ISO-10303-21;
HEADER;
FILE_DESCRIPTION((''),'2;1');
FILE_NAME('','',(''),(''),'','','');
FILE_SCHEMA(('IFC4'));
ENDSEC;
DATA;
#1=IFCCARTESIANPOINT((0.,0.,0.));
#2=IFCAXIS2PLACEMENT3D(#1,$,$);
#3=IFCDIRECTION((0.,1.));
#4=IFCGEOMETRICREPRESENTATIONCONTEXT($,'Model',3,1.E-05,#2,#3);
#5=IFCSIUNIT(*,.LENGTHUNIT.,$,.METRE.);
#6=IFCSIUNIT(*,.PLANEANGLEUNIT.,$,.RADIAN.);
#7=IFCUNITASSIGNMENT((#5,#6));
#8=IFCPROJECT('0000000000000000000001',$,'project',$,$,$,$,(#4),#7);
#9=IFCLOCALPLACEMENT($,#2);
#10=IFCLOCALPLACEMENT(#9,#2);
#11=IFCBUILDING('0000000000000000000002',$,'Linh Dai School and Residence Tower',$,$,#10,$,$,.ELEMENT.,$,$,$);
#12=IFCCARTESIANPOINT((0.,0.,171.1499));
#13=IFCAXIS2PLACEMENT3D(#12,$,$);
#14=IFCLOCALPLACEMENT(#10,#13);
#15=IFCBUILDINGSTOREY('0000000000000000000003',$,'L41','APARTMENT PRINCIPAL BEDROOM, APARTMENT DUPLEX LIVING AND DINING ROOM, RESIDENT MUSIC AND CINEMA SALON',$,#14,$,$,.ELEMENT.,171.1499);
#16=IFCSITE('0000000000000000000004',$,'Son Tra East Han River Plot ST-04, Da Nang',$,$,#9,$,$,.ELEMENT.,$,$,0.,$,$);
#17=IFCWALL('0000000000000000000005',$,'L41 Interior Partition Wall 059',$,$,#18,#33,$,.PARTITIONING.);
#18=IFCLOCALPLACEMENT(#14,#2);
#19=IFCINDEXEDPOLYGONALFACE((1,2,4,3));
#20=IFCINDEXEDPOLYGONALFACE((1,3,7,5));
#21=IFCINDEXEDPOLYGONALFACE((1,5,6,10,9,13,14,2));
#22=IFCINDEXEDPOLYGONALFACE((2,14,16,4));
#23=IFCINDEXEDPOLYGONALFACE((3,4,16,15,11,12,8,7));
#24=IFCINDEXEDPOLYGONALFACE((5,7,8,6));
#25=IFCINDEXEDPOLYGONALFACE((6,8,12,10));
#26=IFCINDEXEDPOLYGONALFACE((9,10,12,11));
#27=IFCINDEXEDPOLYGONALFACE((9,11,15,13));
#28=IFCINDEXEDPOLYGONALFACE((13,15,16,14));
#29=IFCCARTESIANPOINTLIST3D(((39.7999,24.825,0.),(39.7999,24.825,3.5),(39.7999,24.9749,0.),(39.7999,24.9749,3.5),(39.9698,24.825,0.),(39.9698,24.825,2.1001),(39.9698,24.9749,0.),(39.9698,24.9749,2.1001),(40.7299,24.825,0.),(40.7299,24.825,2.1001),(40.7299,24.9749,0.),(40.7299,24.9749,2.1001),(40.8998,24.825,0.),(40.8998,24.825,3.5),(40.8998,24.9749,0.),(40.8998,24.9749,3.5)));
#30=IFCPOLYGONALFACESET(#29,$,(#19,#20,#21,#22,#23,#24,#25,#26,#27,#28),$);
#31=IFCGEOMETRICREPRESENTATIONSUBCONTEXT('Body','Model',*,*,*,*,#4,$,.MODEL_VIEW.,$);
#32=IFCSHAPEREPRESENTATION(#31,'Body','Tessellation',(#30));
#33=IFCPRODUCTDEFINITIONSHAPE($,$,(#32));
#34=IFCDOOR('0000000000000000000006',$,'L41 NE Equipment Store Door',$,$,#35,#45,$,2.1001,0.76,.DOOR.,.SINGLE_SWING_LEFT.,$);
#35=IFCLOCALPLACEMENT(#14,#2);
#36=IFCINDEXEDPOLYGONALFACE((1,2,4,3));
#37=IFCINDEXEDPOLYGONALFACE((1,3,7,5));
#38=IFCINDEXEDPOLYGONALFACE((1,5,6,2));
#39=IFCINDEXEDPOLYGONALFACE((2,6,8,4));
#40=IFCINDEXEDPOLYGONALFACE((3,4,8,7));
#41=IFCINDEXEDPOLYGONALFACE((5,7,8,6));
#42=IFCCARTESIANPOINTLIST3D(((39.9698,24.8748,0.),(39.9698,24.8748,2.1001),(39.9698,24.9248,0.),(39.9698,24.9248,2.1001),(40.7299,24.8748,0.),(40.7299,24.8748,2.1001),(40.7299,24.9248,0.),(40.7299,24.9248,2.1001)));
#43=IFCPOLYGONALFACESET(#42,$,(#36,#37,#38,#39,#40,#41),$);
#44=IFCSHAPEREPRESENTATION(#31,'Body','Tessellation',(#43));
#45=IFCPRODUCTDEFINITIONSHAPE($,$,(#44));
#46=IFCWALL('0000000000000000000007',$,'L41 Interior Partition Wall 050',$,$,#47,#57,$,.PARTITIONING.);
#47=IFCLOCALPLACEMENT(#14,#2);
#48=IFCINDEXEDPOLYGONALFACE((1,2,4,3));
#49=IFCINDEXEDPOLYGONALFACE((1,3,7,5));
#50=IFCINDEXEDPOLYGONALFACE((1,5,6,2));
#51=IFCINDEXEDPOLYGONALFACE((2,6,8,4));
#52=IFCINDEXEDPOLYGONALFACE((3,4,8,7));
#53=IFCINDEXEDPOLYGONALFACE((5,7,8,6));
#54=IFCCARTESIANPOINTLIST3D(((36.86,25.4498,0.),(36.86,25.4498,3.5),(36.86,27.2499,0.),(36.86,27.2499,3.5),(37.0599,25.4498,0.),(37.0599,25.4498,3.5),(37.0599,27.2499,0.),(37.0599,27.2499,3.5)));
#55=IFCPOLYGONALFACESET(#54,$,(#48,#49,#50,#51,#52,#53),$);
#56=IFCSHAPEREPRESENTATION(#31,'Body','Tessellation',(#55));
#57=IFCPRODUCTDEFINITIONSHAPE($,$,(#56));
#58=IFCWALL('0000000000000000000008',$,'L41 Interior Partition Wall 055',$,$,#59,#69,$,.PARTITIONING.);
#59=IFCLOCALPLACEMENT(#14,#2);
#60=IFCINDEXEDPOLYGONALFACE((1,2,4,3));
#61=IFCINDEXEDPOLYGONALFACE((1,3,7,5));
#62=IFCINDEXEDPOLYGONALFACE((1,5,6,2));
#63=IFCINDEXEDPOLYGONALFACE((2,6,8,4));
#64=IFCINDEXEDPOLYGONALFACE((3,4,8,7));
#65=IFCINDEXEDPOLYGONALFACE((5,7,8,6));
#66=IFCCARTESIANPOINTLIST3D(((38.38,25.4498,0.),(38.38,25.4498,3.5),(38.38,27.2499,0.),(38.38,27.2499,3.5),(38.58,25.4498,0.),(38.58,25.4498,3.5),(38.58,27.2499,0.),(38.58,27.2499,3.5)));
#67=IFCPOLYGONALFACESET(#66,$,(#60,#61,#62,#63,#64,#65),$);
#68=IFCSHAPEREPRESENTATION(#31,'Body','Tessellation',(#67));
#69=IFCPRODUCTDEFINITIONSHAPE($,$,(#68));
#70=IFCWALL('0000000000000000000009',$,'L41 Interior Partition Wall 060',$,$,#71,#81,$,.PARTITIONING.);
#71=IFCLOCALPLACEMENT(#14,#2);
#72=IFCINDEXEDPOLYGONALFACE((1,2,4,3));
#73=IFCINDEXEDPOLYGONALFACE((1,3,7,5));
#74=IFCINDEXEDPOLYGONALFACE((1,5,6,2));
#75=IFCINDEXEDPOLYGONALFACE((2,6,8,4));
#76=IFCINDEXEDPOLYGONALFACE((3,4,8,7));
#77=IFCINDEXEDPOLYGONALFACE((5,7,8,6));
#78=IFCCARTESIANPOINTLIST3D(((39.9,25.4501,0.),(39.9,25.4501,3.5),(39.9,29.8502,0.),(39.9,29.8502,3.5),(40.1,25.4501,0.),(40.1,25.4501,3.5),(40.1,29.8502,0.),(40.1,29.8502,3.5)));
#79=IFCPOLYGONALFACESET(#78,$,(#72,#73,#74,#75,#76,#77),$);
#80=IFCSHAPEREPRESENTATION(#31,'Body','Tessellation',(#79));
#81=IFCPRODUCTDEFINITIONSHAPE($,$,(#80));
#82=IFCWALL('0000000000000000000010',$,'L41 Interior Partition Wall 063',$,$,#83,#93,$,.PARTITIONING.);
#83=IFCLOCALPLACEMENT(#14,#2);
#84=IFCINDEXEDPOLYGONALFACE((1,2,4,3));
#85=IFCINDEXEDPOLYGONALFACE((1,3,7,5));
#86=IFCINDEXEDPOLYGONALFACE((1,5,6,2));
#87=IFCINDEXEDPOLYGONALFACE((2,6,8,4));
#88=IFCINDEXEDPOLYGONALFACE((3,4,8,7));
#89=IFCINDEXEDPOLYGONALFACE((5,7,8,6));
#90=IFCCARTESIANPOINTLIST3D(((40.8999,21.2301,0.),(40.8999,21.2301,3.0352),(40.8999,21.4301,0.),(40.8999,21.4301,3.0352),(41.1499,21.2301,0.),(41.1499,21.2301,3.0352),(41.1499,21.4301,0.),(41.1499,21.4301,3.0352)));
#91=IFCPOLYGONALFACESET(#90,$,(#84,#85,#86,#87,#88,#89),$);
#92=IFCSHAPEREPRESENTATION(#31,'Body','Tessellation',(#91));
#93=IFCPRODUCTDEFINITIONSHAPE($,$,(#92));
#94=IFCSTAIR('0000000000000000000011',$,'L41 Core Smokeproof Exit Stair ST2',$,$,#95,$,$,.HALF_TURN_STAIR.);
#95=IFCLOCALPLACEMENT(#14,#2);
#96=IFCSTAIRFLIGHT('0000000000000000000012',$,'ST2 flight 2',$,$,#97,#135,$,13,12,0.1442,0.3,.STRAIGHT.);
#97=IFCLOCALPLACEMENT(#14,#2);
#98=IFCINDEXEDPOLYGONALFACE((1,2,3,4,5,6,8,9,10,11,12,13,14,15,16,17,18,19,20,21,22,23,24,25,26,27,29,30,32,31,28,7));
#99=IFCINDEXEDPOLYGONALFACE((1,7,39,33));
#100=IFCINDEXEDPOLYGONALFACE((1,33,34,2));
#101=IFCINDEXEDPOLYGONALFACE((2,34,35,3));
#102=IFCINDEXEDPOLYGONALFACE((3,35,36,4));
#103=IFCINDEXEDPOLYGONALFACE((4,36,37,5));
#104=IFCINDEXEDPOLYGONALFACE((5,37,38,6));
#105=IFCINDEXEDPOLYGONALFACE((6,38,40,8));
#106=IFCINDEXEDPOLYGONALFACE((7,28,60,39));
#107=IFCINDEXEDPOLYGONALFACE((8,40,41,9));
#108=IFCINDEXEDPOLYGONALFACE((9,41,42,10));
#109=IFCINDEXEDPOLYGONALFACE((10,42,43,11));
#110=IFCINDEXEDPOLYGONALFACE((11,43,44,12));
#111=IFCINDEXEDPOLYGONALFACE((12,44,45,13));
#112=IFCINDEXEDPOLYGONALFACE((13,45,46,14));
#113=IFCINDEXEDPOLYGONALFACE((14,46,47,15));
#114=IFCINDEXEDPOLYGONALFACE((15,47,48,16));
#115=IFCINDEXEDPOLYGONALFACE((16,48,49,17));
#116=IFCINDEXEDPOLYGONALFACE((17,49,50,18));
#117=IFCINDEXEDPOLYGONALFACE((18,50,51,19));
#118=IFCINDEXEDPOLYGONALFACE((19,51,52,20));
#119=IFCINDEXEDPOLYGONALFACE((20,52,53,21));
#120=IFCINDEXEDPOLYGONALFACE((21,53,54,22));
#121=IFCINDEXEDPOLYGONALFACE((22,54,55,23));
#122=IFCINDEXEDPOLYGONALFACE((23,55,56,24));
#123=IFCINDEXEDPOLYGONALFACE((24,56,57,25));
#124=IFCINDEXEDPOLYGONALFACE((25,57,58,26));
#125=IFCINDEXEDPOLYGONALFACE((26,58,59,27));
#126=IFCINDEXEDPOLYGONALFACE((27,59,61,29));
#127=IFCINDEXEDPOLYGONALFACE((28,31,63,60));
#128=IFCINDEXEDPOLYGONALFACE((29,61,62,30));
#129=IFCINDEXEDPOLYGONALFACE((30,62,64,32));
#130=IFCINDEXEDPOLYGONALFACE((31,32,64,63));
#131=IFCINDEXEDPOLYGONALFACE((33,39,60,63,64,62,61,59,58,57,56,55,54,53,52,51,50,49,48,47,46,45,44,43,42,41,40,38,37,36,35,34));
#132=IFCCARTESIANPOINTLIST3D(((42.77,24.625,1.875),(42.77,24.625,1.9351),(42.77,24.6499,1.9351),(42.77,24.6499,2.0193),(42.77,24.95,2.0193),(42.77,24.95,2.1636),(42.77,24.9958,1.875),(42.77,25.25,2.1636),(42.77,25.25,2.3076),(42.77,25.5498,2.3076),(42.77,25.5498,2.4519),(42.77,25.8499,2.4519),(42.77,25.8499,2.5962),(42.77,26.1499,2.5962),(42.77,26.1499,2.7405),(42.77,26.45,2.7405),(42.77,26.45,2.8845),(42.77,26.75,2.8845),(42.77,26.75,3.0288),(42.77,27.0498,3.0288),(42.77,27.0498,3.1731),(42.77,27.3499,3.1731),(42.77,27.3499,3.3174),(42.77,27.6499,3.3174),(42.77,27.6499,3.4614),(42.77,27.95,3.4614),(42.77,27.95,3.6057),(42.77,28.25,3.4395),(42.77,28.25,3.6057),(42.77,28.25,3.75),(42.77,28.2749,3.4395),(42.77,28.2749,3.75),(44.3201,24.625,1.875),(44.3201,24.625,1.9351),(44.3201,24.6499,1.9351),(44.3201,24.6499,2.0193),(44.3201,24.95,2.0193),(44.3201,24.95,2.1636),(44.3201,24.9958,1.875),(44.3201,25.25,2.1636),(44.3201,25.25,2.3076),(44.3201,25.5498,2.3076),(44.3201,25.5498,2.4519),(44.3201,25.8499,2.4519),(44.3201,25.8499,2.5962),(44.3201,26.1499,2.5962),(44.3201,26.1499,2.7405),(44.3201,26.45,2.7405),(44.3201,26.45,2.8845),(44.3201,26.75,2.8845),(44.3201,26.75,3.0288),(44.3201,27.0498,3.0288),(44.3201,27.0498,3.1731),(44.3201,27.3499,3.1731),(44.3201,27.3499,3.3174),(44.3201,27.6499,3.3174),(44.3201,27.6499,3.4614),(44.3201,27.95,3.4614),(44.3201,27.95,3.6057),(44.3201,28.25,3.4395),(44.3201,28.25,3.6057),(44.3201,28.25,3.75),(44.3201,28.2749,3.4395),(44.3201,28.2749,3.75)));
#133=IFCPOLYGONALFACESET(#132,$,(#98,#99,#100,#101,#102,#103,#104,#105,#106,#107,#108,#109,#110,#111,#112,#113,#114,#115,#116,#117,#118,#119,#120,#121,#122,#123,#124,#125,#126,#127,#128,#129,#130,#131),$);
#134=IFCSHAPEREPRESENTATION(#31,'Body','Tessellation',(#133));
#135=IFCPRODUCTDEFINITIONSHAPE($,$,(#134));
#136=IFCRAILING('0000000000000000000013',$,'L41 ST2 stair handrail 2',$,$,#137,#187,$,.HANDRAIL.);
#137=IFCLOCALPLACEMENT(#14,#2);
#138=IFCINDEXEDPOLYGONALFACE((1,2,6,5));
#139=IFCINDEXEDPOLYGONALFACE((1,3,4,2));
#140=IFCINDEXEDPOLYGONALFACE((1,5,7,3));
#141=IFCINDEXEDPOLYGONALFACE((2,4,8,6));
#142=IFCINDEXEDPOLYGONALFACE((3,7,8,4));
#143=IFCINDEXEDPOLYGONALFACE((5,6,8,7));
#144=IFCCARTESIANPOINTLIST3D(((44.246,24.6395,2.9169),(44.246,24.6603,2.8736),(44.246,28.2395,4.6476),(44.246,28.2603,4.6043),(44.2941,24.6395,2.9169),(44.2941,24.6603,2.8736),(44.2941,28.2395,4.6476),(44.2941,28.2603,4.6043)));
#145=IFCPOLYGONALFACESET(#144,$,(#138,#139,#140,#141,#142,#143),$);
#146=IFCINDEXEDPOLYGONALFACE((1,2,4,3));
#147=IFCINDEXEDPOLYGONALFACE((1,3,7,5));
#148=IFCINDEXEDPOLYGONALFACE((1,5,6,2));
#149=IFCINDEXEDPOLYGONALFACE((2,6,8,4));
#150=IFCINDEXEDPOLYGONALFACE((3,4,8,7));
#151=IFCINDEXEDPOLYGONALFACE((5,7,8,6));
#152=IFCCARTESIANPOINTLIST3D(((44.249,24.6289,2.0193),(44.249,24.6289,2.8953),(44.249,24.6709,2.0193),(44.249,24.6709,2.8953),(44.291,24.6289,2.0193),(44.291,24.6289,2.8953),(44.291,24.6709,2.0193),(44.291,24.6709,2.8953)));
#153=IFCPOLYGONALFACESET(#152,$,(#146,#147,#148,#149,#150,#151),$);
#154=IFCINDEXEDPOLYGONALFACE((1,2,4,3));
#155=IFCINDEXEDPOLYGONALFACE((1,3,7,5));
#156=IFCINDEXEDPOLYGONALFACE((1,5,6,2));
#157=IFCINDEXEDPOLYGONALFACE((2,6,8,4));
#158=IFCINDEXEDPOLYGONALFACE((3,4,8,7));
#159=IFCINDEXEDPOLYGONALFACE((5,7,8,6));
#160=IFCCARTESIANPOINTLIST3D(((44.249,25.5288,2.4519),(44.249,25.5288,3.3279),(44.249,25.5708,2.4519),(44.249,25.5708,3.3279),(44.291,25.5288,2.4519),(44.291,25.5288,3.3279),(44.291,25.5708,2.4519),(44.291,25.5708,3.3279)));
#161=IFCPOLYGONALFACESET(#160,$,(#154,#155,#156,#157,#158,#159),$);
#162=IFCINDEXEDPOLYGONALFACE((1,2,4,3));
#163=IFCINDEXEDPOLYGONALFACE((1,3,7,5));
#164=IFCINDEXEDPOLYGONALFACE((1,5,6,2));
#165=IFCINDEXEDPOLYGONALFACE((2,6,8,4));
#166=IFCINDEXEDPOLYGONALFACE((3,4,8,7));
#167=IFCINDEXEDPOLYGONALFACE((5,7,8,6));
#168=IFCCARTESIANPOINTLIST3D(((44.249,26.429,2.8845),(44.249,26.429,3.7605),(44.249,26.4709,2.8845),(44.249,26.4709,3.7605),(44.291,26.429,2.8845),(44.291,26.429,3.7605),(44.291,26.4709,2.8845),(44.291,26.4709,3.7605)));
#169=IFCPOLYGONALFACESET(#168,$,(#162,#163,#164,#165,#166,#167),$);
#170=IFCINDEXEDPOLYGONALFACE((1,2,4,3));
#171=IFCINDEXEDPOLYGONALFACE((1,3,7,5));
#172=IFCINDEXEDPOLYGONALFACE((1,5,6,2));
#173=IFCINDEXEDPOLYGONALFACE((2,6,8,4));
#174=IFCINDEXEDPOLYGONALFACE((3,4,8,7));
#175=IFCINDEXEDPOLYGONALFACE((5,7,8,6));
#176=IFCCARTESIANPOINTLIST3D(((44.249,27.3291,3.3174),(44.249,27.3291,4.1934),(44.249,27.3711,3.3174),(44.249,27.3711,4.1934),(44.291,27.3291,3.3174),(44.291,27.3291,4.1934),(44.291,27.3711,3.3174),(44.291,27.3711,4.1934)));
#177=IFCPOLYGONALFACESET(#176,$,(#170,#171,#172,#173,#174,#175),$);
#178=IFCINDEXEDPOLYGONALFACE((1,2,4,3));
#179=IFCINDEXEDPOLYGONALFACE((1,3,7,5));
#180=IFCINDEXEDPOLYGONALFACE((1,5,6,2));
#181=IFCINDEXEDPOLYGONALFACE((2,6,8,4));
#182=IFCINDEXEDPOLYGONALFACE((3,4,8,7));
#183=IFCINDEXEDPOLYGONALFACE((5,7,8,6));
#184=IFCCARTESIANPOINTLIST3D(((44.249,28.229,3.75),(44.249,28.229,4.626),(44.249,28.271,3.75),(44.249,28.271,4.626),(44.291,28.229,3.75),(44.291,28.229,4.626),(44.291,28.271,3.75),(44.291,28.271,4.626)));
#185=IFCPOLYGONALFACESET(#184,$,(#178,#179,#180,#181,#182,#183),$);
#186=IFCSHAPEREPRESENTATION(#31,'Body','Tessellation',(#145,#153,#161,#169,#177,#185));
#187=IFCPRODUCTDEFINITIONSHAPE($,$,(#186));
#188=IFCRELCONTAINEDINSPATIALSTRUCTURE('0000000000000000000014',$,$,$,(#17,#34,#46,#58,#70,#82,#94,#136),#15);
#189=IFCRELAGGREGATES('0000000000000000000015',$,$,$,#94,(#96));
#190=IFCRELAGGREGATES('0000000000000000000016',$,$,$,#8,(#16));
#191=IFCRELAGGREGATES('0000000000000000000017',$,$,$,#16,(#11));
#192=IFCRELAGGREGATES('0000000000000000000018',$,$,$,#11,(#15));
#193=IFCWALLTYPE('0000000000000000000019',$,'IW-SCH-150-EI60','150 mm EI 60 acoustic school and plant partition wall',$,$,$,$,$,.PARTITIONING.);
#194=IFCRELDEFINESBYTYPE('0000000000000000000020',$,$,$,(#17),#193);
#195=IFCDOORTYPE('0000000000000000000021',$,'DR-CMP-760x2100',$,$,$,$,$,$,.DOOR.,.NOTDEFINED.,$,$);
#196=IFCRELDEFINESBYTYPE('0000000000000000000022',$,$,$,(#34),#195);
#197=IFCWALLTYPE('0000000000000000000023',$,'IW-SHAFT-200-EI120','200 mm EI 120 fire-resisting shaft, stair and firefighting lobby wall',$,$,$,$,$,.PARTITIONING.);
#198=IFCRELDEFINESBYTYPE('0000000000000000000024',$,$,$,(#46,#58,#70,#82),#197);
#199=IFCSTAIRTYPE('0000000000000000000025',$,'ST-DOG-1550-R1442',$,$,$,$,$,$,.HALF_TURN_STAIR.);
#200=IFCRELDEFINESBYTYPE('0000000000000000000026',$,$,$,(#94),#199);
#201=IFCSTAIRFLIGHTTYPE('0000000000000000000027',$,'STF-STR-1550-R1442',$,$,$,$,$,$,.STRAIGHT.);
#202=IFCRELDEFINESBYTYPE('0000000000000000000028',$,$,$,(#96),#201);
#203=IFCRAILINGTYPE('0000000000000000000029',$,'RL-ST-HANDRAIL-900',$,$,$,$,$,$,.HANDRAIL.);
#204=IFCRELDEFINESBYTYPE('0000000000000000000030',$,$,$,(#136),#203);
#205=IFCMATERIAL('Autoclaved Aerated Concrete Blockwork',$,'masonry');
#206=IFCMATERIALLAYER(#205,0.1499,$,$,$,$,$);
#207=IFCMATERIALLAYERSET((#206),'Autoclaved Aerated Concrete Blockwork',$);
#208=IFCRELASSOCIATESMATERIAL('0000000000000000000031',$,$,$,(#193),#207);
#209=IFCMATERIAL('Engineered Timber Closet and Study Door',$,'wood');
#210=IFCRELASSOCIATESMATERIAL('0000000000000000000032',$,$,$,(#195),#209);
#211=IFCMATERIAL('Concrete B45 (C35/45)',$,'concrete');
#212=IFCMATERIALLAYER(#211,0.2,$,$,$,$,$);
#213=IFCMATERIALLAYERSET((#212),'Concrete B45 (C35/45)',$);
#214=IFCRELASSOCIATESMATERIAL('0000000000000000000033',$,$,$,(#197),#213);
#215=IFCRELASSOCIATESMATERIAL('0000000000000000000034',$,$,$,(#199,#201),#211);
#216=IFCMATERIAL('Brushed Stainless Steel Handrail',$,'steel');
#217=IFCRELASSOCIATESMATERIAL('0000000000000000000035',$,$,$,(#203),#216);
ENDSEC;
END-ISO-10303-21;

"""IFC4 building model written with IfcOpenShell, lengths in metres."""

from ifc_helpers import new_model, si_unit, direction, frame, frame_2d, origin, origin_2d, place, context, subcontext, project, spatial, polyline, rectangle, outline, extrude, source, transform, mapped, material, layer, layer_set, type_object, element, fill, aggregate, save


model = new_model("IFC4")

# Units and contexts
model_context = context("Model", 3, precision=1e-05, world=origin(), true_north=direction((0.0, 1.0)))
body_context = subcontext(model_context, "Body", "Model", "MODEL_VIEW")
ifc_project = project(units=[si_unit("LENGTHUNIT", "METRE"), si_unit("PLANEANGLEUNIT", "RADIAN")], contexts=[model_context])

# Site, building, storey
site_placement = place(None, origin())
site = spatial("IfcSite", under=ifc_project, at=site_placement, Name="Son Tra East Han River Plot ST-04, Da Nang", CompositionType="ELEMENT", RefElevation=0.0)
building_placement = place(site_placement, origin())
building = spatial("IfcBuilding", under=site, at=building_placement, Name="Linh Dai School and Residence Tower", CompositionType="ELEMENT")
storey_placement = place(building_placement, frame((0.0, 0.0, 171.1499)))
storey = spatial("IfcBuildingStorey", under=building, at=storey_placement, Name="L41", Description="APARTMENT PRINCIPAL BEDROOM, APARTMENT DUPLEX LIVING AND DINING ROOM, RESIDENT MUSIC AND CINEMA SALON", CompositionType="ELEMENT", Elevation=171.1499)

# Shared definitions
ifc_material_1 = material(Name="Autoclaved Aerated Concrete Blockwork", Category="masonry")

# Wall, opening, door
ifc_layer_1 = layer(ifc_material_1, 0.1499)
ifc_layer_set_1 = layer_set([ifc_layer_1], Name="Autoclaved Aerated Concrete Blockwork")
wall_type_1 = type_object("IfcWallType", Name="IW-SCH-150-EI60", Description="150 mm EI 60 acoustic school and plant partition wall", PredefinedType="PARTITIONING", material=ifc_layer_set_1)
wall_1_placement = place(storey_placement, frame((39.8, 24.8999, 0.0), z_axis=(0.0, 0.0, 1.0), x_axis=(1.0, 0.0, 0.0)))
wall_1 = element("IfcWall", 1, at=wall_1_placement, inside=storey, type_object=wall_type_1, Name="L41 Interior Partition Wall 059", PredefinedType="PARTITIONING", context=body_context, shape_type="SweptSolid", body=[
    extrude(rectangle(XDim=1.0999, YDim=0.1499, at=frame_2d((0.5498, 0.0))), origin(), (0.0, 0.0, 1.0), 3.5),
])
opening_1_placement = place(wall_1_placement, frame((0.1699, 0.0, 0.0)))
opening_1 = element("IfcOpeningElement", 2, at=opening_1_placement, cuts=wall_1, PredefinedType="OPENING", context=body_context, shape_type="SweptSolid", body=[
    extrude(rectangle(XDim=0.76, YDim=2.1001, at=origin_2d()), frame((0.3799, 0.085, 1.05), z_axis=(0.0, -1.0, 0.0), x_axis=(1.0, 0.0, 0.0)), (0.0, 0.0, 1.0), 0.1699),
])
ifc_material_2 = material(Name="Engineered Timber Closet and Study Door", Category="wood")
door_type_1 = type_object("IfcDoorType", Name="DR-CMP-760x2100", OperationType="NOTDEFINED", PredefinedType="DOOR", material=ifc_material_2)
shared_shape_1 = source(origin(), body_context, "Body", "SweptSolid", [
    extrude(rectangle(XDim=0.76, YDim=2.1001, at=origin_2d()), frame((0.3799, 0.0249, 1.05), z_axis=(0.0, -1.0, 0.0), x_axis=(1.0, 0.0, 0.0)), (0.0, 0.0, 1.0), 0.05),
])
door_1_placement = place(opening_1_placement, origin())
door_1 = element("IfcDoor", 3, at=door_1_placement, inside=storey, type_object=door_type_1, Name="L41 NE Equipment Store Door", OperationType="SINGLE_SWING_LEFT", OverallHeight=2.1001, OverallWidth=0.76, PredefinedType="DOOR", context=body_context, shape_type="MappedRepresentation", body=[
    mapped(shared_shape_1, transform((0.0, 0.0, 0.0), x_axis=(1.0, 0.0, 0.0), y_axis=(0.0, 1.0, 0.0), z_axis=(0.0, 0.0, 1.0), scale=1.0)),
])
fill(opening_1, door_1)

# Walls
ifc_material_3 = material(Name="Concrete B45 (C35/45)", Category="concrete")
ifc_layer_2 = layer(ifc_material_3, 0.2)
ifc_layer_set_2 = layer_set([ifc_layer_2], Name="Concrete B45 (C35/45)")
wall_type_2 = type_object("IfcWallType", Name="IW-SHAFT-200-EI120", Description="200 mm EI 120 fire-resisting shaft, stair and firefighting lobby wall", PredefinedType="PARTITIONING", material=ifc_layer_set_2)
for number, where, z_axis, x_axis, name in (
    (4, (36.96, 25.45, 0.0), (0.0, 0.0, 1.0), (0.0, 1.0, 0.0), "L41 Interior Partition Wall 050"),
    (5, (38.48, 25.45, 0.0), (0.0, 0.0, 1.0), (0.0, 1.0, 0.0), "L41 Interior Partition Wall 055"),
):
    element("IfcWall", number, at=place(storey_placement, frame(where, z_axis=z_axis, x_axis=x_axis)), inside=storey, type_object=wall_type_2, Name=name, PredefinedType="PARTITIONING", context=body_context, shape_type="SweptSolid", body=[
        extrude(rectangle(XDim=1.8, YDim=0.2, at=frame_2d((0.8999, 0.0))), origin(), (0.0, 0.0, 1.0), 3.5),
    ])
wall_2_placement = place(storey_placement, frame((40.0, 25.45, 0.0), z_axis=(0.0, 0.0, 1.0), x_axis=(0.0, 1.0, 0.0)))
element("IfcWall", 6, at=wall_2_placement, inside=storey, type_object=wall_type_2, Name="L41 Interior Partition Wall 060", PredefinedType="PARTITIONING", context=body_context, shape_type="SweptSolid", body=[
    extrude(rectangle(XDim=4.4001, YDim=0.2, at=frame_2d((2.2002, 0.0))), origin(), (0.0, 0.0, 1.0), 3.5),
])
wall_3_placement = place(storey_placement, frame((40.8999, 21.3301, 0.0), z_axis=(0.0, 0.0, 1.0), x_axis=(1.0, 0.0, 0.0)))
element("IfcWall", 7, at=wall_3_placement, inside=storey, type_object=wall_type_2, Name="L41 Interior Partition Wall 063", PredefinedType="PARTITIONING", context=body_context, shape_type="SweptSolid", body=[
    extrude(rectangle(XDim=0.25, YDim=0.2, at=frame_2d((0.125, 0.0))), origin(), (0.0, 0.0, 1.0), 3.0352),
])

# Stair, stair flight
stair_type = type_object("IfcStairType", Name="ST-DOG-1550-R1442", PredefinedType="HALF_TURN_STAIR", material=ifc_material_3)
stair_placement = place(storey_placement, origin())
stair = element("IfcStair", 8, at=stair_placement, inside=storey, type_object=stair_type, Name="L41 Core Smokeproof Exit Stair ST2", PredefinedType="HALF_TURN_STAIR")
stair_flight_type = type_object("IfcStairFlightType", Name="STF-STR-1550-R1442", PredefinedType="STRAIGHT", material=ifc_material_3)
shared_shape_2 = source(origin(), body_context, "Body", "SweptSolid", [
    extrude(outline(polyline([(-0.0249, 0.0), (-0.0249, 0.0601), (0.0, 0.0601), (0.0, 0.1443), (0.3, 0.1443), (0.3, 0.2886), (0.6001, 0.2886), (0.6001, 0.4326), (0.8999, 0.4326), (0.8999, 0.5769), (1.2, 0.5769), (1.2, 0.7212), (1.5, 0.7212), (1.5, 0.8655), (1.8, 0.8655), (1.8, 1.0095), (2.1001, 1.0095), (2.1001, 1.1538), (2.3999, 1.1538), (2.3999, 1.2981), (2.7, 1.2981), (2.7, 1.4424), (3.0, 1.4424), (3.0, 1.5864), (3.3, 1.5864), (3.3, 1.7307), (3.6001, 1.7307), (3.6001, 1.875), (3.625, 1.875), (3.625, 1.5645), (3.6001, 1.5645), (0.3459, 0.0), (-0.0249, 0.0)])), frame((0.0, 0.7749, 0.0), z_axis=(0.0, -1.0, 0.0), x_axis=(1.0, 0.0, 0.0)), (0.0, 0.0, 1.0), 1.55),
])
stair_flight_placement = place(storey_placement, frame((43.5449, 24.6499, 1.875), z_axis=(0.0, 0.0, 1.0), x_axis=(0.0, 1.0, 0.0)))
stair_flight = element("IfcStairFlight", 9, at=stair_flight_placement, type_object=stair_flight_type, Name="ST2 flight 2", NumberOfRisers=13, NumberOfTreads=12, PredefinedType="STRAIGHT", RiserHeight=0.1442, TreadLength=0.3, context=body_context, shape_type="MappedRepresentation", body=[
    mapped(shared_shape_2, transform((0.0, 0.0, 0.0), x_axis=(1.0, 0.0, 0.0), y_axis=(0.0, 1.0, 0.0), z_axis=(0.0, 0.0, 1.0), scale=1.0)),
])
aggregate(stair, [stair_flight])

# Railing
ifc_material_4 = material(Name="Brushed Stainless Steel Handrail", Category="steel")
railing_type_1 = type_object("IfcRailingType", Name="RL-ST-HANDRAIL-900", PredefinedType="HANDRAIL", material=ifc_material_4)
shared_shape_3 = source(origin(), body_context, "Body", "SweptSolid", [
    extrude(rectangle(XDim=0.0481, YDim=0.0481, at=origin_2d()), frame((0.0, 0.0, 0.876), z_axis=(0.0, 0.901263, 0.433273), x_axis=(-1.0, 0.0, 0.0)), (0.0, 0.0, 1.0), 3.9944),
    extrude(rectangle(XDim=0.042, YDim=0.042, at=origin_2d()), origin(), (0.0, 0.0, 1.0), 0.876),
    extrude(rectangle(XDim=0.042, YDim=0.042, at=origin_2d()), frame((0.0, 0.8999, 0.4326)), (0.0, 0.0, 1.0), 0.876),
    extrude(rectangle(XDim=0.042, YDim=0.042, at=origin_2d()), frame((0.0, 1.8, 0.8652)), (0.0, 0.0, 1.0), 0.876),
    extrude(rectangle(XDim=0.042, YDim=0.042, at=origin_2d()), frame((0.0, 2.7002, 1.2981)), (0.0, 0.0, 1.0), 0.876),
    extrude(rectangle(XDim=0.042, YDim=0.042, at=origin_2d()), frame((0.0, 3.6001, 1.7307)), (0.0, 0.0, 1.0), 0.876),
])
railing_1_placement = place(storey_placement, frame((44.27, 24.6499, 2.0193)))
element("IfcRailing", 10, at=railing_1_placement, inside=storey, type_object=railing_type_1, Name="L41 ST2 stair handrail 2", PredefinedType="HANDRAIL", context=body_context, shape_type="MappedRepresentation", body=[
    mapped(shared_shape_3, transform((0.0, 0.0, 0.0), x_axis=(1.0, 0.0, 0.0), y_axis=(0.0, 1.0, 0.0), z_axis=(0.0, 0.0, 1.0), scale=1.0)),
])

save(model, "model.ifc")
